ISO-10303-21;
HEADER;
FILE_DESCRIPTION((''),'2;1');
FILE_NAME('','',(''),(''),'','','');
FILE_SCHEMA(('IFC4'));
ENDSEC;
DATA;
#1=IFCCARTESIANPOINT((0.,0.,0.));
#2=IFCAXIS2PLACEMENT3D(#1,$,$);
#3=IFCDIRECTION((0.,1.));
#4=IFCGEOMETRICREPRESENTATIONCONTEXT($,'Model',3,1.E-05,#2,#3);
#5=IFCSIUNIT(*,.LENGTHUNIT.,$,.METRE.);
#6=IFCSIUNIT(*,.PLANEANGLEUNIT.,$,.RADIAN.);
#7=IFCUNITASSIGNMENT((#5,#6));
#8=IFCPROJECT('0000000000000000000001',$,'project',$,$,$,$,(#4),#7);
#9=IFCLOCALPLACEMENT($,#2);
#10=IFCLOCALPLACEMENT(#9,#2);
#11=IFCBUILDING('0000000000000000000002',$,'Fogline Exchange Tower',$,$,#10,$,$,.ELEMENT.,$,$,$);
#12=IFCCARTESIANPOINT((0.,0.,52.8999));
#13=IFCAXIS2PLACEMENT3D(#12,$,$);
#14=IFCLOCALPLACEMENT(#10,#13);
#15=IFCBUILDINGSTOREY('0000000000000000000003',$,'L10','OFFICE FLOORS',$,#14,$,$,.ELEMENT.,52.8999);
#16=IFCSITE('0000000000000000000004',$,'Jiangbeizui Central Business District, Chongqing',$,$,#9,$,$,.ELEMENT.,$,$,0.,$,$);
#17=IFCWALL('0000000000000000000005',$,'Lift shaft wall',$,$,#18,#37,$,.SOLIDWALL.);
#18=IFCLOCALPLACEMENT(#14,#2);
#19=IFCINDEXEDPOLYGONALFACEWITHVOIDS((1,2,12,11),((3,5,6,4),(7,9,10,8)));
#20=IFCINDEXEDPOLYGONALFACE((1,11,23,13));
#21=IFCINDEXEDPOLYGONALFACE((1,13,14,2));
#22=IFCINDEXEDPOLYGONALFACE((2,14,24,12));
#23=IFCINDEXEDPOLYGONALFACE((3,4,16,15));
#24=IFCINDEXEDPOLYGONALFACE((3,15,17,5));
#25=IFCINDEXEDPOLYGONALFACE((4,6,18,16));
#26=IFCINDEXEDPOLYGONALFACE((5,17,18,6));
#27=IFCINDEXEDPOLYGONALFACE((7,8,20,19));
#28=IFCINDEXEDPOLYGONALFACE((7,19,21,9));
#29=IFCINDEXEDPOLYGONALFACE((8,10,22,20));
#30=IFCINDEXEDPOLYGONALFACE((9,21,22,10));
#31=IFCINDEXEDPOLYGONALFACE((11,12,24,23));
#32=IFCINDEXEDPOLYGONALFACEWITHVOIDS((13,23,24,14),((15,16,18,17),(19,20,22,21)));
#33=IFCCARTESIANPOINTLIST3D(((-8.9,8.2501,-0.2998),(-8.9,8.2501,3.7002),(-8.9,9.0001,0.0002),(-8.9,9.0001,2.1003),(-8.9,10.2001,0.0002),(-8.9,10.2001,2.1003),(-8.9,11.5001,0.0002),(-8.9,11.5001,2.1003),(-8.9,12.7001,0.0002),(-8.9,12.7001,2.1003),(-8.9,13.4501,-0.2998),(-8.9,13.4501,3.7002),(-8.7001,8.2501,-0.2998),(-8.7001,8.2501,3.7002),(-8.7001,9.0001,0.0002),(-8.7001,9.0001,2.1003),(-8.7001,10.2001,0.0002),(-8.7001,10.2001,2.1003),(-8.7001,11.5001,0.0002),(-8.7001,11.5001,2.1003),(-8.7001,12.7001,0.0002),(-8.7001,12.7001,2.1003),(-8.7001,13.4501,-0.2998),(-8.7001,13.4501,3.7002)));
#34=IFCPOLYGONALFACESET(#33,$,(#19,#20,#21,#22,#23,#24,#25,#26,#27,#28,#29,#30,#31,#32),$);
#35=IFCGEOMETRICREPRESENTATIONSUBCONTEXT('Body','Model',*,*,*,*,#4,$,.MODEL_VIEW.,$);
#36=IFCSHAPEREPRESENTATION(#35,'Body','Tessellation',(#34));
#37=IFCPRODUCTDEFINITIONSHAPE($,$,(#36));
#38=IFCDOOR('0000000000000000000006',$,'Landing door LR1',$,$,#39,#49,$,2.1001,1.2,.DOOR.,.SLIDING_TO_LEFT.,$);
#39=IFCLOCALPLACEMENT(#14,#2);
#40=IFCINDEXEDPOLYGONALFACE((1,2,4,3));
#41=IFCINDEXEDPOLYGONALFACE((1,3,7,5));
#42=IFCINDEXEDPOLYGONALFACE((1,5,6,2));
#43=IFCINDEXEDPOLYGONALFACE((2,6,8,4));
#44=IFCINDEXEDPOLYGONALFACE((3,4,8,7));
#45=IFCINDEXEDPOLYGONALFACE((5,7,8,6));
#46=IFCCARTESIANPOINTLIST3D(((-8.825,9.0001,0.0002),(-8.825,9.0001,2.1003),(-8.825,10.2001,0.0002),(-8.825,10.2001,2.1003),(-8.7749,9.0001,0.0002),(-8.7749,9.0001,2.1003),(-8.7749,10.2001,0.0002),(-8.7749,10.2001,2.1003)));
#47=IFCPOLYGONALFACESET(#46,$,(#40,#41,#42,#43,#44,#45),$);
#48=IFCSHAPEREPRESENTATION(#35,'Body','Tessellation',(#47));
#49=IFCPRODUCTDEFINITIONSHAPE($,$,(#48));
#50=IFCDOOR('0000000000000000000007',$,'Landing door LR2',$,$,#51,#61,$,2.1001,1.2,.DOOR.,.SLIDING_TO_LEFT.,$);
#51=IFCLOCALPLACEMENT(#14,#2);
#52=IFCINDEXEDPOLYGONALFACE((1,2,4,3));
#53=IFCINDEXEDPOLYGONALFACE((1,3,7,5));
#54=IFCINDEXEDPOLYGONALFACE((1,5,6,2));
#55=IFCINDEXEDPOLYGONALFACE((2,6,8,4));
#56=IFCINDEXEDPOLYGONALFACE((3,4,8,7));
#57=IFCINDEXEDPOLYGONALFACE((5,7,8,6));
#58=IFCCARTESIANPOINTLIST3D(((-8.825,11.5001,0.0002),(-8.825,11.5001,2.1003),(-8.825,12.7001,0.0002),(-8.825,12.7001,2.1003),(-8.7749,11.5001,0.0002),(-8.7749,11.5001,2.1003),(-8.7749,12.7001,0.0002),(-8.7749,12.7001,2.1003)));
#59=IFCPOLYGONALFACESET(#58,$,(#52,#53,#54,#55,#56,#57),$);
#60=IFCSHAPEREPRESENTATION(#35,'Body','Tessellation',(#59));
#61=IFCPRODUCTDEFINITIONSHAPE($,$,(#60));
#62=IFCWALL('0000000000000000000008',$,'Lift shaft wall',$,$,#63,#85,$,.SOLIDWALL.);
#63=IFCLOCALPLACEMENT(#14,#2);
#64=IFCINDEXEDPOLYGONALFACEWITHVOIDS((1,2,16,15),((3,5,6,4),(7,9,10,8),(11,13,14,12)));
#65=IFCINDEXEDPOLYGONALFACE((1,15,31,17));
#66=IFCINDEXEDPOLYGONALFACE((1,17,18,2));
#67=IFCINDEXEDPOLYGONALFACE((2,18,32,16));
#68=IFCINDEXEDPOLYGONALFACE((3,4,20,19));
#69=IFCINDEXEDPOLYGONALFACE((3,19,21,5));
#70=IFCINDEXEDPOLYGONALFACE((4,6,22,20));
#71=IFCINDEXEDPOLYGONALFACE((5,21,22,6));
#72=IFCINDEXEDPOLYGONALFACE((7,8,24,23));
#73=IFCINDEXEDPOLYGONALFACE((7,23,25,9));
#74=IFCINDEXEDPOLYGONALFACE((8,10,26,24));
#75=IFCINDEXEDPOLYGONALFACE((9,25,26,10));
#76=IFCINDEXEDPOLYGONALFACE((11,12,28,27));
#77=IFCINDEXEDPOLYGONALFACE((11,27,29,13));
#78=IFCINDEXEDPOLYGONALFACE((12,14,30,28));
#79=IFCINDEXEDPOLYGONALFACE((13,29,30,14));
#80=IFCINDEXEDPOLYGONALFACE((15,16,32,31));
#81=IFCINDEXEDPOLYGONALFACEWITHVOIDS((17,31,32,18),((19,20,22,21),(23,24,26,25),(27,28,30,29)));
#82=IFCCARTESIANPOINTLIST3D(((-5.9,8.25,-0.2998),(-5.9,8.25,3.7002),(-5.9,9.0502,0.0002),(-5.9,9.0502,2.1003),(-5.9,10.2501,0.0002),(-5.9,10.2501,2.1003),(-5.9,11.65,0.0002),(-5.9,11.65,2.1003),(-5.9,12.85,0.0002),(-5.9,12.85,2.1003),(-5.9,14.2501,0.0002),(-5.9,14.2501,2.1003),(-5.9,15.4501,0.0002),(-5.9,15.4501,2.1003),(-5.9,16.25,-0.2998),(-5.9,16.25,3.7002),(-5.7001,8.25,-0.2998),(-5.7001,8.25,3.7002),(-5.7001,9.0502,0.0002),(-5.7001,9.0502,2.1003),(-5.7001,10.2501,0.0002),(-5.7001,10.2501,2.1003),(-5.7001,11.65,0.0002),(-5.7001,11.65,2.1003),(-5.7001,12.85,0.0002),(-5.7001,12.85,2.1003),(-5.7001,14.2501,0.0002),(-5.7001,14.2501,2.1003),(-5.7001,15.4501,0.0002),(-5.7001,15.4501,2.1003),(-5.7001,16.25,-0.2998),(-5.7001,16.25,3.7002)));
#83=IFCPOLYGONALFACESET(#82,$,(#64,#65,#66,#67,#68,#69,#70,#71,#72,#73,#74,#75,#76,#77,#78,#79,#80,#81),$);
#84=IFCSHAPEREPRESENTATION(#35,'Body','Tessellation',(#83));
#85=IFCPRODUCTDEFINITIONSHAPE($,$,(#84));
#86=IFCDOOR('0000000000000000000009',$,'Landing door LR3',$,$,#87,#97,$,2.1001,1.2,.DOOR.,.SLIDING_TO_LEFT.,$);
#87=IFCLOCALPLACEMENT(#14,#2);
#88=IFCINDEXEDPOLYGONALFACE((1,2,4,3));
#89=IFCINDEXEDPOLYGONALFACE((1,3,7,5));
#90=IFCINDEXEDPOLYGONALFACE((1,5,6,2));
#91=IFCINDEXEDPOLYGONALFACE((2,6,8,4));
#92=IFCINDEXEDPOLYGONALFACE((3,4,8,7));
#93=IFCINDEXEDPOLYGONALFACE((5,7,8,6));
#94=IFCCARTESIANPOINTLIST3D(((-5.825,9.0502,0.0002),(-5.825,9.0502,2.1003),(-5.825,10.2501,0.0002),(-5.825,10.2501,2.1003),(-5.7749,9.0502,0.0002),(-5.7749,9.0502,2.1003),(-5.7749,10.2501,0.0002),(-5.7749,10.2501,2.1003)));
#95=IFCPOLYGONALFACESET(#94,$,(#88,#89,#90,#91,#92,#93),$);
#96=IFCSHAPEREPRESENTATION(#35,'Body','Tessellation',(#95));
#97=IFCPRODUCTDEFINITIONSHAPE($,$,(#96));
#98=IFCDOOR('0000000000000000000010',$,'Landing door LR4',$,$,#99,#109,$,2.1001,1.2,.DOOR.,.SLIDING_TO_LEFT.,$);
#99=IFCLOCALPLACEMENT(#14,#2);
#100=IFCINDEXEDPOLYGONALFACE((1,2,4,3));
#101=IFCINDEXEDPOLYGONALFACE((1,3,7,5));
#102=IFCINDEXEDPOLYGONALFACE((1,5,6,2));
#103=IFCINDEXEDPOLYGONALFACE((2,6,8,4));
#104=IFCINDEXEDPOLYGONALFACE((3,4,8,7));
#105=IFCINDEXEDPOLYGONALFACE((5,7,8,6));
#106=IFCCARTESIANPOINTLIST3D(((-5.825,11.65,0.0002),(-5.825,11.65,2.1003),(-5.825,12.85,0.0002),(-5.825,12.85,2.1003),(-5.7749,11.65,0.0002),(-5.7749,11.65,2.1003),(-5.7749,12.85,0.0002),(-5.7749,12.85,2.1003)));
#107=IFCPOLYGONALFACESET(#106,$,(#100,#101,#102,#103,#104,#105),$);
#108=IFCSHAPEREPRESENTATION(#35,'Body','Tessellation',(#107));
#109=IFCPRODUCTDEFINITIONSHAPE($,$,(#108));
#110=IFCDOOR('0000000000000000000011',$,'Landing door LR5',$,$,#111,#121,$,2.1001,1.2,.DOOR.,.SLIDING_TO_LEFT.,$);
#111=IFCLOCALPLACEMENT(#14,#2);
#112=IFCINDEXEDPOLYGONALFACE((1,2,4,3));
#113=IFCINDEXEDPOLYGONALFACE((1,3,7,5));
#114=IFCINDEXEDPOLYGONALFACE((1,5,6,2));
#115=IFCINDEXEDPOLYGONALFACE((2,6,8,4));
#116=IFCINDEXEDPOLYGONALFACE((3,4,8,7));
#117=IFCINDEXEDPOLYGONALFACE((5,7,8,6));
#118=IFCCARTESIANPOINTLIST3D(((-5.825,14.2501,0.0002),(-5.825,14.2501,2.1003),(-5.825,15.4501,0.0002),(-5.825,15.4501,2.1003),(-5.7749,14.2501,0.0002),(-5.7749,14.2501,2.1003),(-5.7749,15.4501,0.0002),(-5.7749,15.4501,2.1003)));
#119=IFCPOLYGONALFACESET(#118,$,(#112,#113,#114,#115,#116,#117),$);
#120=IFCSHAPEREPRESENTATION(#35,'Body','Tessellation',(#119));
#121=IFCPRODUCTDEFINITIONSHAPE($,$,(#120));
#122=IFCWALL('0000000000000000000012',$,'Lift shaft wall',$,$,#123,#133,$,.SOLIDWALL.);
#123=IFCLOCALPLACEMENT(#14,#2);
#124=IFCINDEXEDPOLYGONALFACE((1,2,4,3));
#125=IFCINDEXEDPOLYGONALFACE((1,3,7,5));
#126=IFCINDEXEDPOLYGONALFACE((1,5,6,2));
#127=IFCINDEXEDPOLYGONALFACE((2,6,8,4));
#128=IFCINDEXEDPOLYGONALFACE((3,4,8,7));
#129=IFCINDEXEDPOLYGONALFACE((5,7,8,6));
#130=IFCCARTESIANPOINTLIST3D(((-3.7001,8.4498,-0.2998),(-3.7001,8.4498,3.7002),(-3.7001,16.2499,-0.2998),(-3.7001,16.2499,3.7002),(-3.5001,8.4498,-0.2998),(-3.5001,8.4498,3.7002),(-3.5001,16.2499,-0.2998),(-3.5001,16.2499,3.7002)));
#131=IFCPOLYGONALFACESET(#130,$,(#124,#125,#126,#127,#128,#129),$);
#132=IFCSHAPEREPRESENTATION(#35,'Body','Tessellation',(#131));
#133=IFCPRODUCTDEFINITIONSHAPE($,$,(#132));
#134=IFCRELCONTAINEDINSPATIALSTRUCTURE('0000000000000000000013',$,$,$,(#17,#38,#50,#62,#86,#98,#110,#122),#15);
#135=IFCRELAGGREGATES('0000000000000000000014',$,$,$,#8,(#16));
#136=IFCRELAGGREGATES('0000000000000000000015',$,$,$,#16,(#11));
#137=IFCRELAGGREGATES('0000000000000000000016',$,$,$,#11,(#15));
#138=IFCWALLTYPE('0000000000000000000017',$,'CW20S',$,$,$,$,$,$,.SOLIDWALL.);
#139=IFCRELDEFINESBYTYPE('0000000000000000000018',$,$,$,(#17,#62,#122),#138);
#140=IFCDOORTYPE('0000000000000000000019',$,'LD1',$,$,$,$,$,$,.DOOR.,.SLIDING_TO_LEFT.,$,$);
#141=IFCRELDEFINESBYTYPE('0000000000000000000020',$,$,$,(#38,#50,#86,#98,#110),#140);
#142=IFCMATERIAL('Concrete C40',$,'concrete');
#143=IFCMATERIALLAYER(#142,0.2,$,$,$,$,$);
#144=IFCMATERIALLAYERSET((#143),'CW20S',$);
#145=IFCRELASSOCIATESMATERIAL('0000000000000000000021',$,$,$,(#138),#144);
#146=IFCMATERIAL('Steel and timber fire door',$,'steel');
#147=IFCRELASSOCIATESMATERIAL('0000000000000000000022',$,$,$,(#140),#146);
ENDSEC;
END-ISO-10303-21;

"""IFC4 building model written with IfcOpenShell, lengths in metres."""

from ifc_helpers import new_model, si_unit, direction, frame, frame_2d, origin, place, context, subcontext, project, spatial, rectangle, extrude, material, layer, layer_set, type_object, element, fill, save


model = new_model("IFC4")

# Units and contexts
model_context = context("Model", 3, precision=1e-05, world=origin(), true_north=direction((0.0, 1.0)))
body_context = subcontext(model_context, "Body", "Model", "MODEL_VIEW")
ifc_project = project(units=[si_unit("LENGTHUNIT", "METRE"), si_unit("PLANEANGLEUNIT", "RADIAN")], contexts=[model_context])

# Site, building, storey
site_placement = place(None, origin())
site = spatial("IfcSite", under=ifc_project, at=site_placement, Name="Jiangbeizui Central Business District, Chongqing", CompositionType="ELEMENT", RefElevation=0.0)
building_placement = place(site_placement, origin())
building = spatial("IfcBuilding", under=site, at=building_placement, Name="Fogline Exchange Tower", CompositionType="ELEMENT")
storey_placement = place(building_placement, frame((0.0, 0.0, 52.8999)))
storey = spatial("IfcBuildingStorey", under=building, at=storey_placement, Name="L10", Description="OFFICE FLOORS", CompositionType="ELEMENT", Elevation=52.8999)

# Shared definitions
ifc_material_1 = material(Name="Steel and timber fire door", Category="steel")

# Shared definitions
ifc_material_2 = material(Name="Concrete C40", Category="concrete")

# Walls, openings, doors
ifc_layer_1 = layer(ifc_material_2, 0.2)
ifc_layer_set_1 = layer_set([ifc_layer_1], Name="CW20S")
wall_type_1 = type_object("IfcWallType", Name="CW20S", PredefinedType="SOLIDWALL", material=ifc_layer_set_1)
wall_1_placement = place(storey_placement, frame((-8.8, 8.25, -0.2998), z_axis=(0.0, 0.0, 1.0), x_axis=(0.0, 1.0, 0.0)))
wall_1 = element("IfcWall", 1, at=wall_1_placement, inside=storey, type_object=wall_type_1, Name="Lift shaft wall", PredefinedType="SOLIDWALL", context=body_context, shape_type="SweptSolid", body=[
    extrude(rectangle(XDim=5.2, YDim=0.2, at=frame_2d((2.6001, 0.0))), origin(), (0.0, 0.0, 1.0), 4.0),
])
opening_1_placement = place(wall_1_placement, frame((0.75, 0.0, 0.3)))
opening_1 = element("IfcOpeningElement", 2, at=opening_1_placement, cuts=wall_1, PredefinedType="OPENING", context=body_context, shape_type="SweptSolid", body=[
    extrude(rectangle(XDim=1.2, YDim=2.1001, at=frame_2d((0.6001, 1.05))), frame((0.0, 0.1099, 0.0), z_axis=(0.0, -1.0, 0.0), x_axis=(1.0, 0.0, 0.0)), (0.0, 0.0, 1.0), 0.22),
])
opening_2_placement = place(wall_1_placement, frame((3.25, 0.0, 0.3)))
opening_2 = element("IfcOpeningElement", 3, at=opening_2_placement, cuts=wall_1, PredefinedType="OPENING", context=body_context, shape_type="SweptSolid", body=[
    extrude(rectangle(XDim=1.2, YDim=2.1001, at=frame_2d((0.6001, 1.05))), frame((0.0, 0.1099, 0.0), z_axis=(0.0, -1.0, 0.0), x_axis=(1.0, 0.0, 0.0)), (0.0, 0.0, 1.0), 0.22),
])
door_type_1 = type_object("IfcDoorType", Name="LD1", OperationType="SLIDING_TO_LEFT", PredefinedType="DOOR", material=ifc_material_1)
door_1_placement = place(opening_1_placement, origin())
door_1 = element("IfcDoor", 4, at=door_1_placement, inside=storey, type_object=door_type_1, Name="Landing door LR1", OperationType="SLIDING_TO_LEFT", OverallHeight=2.1001, OverallWidth=1.2, PredefinedType="DOOR", context=body_context, shape_type="SweptSolid", body=[
    extrude(rectangle(XDim=1.2, YDim=2.1001, at=frame_2d((0.6001, 1.05))), frame((0.0, 0.0249, 0.0), z_axis=(0.0, -1.0, 0.0), x_axis=(1.0, 0.0, 0.0)), (0.0, 0.0, 1.0), 0.05),
])
fill(opening_1, door_1)
door_2_placement = place(opening_2_placement, origin())
door_2 = element("IfcDoor", 5, at=door_2_placement, inside=storey, type_object=door_type_1, Name="Landing door LR2", OperationType="SLIDING_TO_LEFT", OverallHeight=2.1001, OverallWidth=1.2, PredefinedType="DOOR", context=body_context, shape_type="SweptSolid", body=[
    extrude(rectangle(XDim=1.2, YDim=2.1001, at=frame_2d((0.6001, 1.05))), frame((0.0, 0.0249, 0.0), z_axis=(0.0, -1.0, 0.0), x_axis=(1.0, 0.0, 0.0)), (0.0, 0.0, 1.0), 0.05),
])
fill(opening_2, door_2)
wall_2_placement = place(storey_placement, frame((-5.8, 8.25, -0.2998), z_axis=(0.0, 0.0, 1.0), x_axis=(0.0, 1.0, 0.0)))
wall_2 = element("IfcWall", 6, at=wall_2_placement, inside=storey, type_object=wall_type_1, Name="Lift shaft wall", PredefinedType="SOLIDWALL", context=body_context, shape_type="SweptSolid", body=[
    extrude(rectangle(XDim=8.0, YDim=0.2, at=frame_2d((4.0, 0.0))), origin(), (0.0, 0.0, 1.0), 4.0),
])
opening_3_placement = place(wall_2_placement, frame((0.8, 0.0, 0.3)))
opening_3 = element("IfcOpeningElement", 7, at=opening_3_placement, cuts=wall_2, PredefinedType="OPENING", context=body_context, shape_type="SweptSolid", body=[
    extrude(rectangle(XDim=1.2, YDim=2.1001, at=frame_2d((0.6001, 1.05))), frame((0.0, 0.1099, 0.0), z_axis=(0.0, -1.0, 0.0), x_axis=(1.0, 0.0, 0.0)), (0.0, 0.0, 1.0), 0.22),
])
opening_4_placement = place(wall_2_placement, frame((3.3999, 0.0, 0.3)))
opening_4 = element("IfcOpeningElement", 8, at=opening_4_placement, cuts=wall_2, PredefinedType="OPENING", context=body_context, shape_type="SweptSolid", body=[
    extrude(rectangle(XDim=1.2, YDim=2.1001, at=frame_2d((0.6001, 1.05))), frame((0.0, 0.1099, 0.0), z_axis=(0.0, -1.0, 0.0), x_axis=(1.0, 0.0, 0.0)), (0.0, 0.0, 1.0), 0.22),
])
opening_5_placement = place(wall_2_placement, frame((6.0, 0.0, 0.3)))
opening_5 = element("IfcOpeningElement", 9, at=opening_5_placement, cuts=wall_2, PredefinedType="OPENING", context=body_context, shape_type="SweptSolid", body=[
    extrude(rectangle(XDim=1.2, YDim=2.1001, at=frame_2d((0.6001, 1.05))), frame((0.0, 0.1099, 0.0), z_axis=(0.0, -1.0, 0.0), x_axis=(1.0, 0.0, 0.0)), (0.0, 0.0, 1.0), 0.22),
])
door_3_placement = place(opening_3_placement, origin())
door_3 = element("IfcDoor", 10, at=door_3_placement, inside=storey, type_object=door_type_1, Name="Landing door LR3", OperationType="SLIDING_TO_LEFT", OverallHeight=2.1001, OverallWidth=1.2, PredefinedType="DOOR", context=body_context, shape_type="SweptSolid", body=[
    extrude(rectangle(XDim=1.2, YDim=2.1001, at=frame_2d((0.6001, 1.05))), frame((0.0, 0.0249, 0.0), z_axis=(0.0, -1.0, 0.0), x_axis=(1.0, 0.0, 0.0)), (0.0, 0.0, 1.0), 0.05),
])
fill(opening_3, door_3)
door_4_placement = place(opening_4_placement, origin())
door_4 = element("IfcDoor", 11, at=door_4_placement, inside=storey, type_object=door_type_1, Name="Landing door LR4", OperationType="SLIDING_TO_LEFT", OverallHeight=2.1001, OverallWidth=1.2, PredefinedType="DOOR", context=body_context, shape_type="SweptSolid", body=[
    extrude(rectangle(XDim=1.2, YDim=2.1001, at=frame_2d((0.6001, 1.05))), frame((0.0, 0.0249, 0.0), z_axis=(0.0, -1.0, 0.0), x_axis=(1.0, 0.0, 0.0)), (0.0, 0.0, 1.0), 0.05),
])
fill(opening_4, door_4)
door_5_placement = place(opening_5_placement, origin())
door_5 = element("IfcDoor", 12, at=door_5_placement, inside=storey, type_object=door_type_1, Name="Landing door LR5", OperationType="SLIDING_TO_LEFT", OverallHeight=2.1001, OverallWidth=1.2, PredefinedType="DOOR", context=body_context, shape_type="SweptSolid", body=[
    extrude(rectangle(XDim=1.2, YDim=2.1001, at=frame_2d((0.6001, 1.05))), frame((0.0, 0.0249, 0.0), z_axis=(0.0, -1.0, 0.0), x_axis=(1.0, 0.0, 0.0)), (0.0, 0.0, 1.0), 0.05),
])
fill(opening_5, door_5)

# Wall
wall_3_placement = place(storey_placement, frame((-3.6001, 8.45, -0.2998), z_axis=(0.0, 0.0, 1.0), x_axis=(0.0, 1.0, 0.0)))
element("IfcWall", 13, at=wall_3_placement, inside=storey, type_object=wall_type_1, Name="Lift shaft wall", PredefinedType="SOLIDWALL", context=body_context, shape_type="SweptSolid", body=[
    extrude(rectangle(XDim=7.8, YDim=0.2, at=frame_2d((3.8999, 0.0))), origin(), (0.0, 0.0, 1.0), 4.0),
])

save(model, "model.ifc")
